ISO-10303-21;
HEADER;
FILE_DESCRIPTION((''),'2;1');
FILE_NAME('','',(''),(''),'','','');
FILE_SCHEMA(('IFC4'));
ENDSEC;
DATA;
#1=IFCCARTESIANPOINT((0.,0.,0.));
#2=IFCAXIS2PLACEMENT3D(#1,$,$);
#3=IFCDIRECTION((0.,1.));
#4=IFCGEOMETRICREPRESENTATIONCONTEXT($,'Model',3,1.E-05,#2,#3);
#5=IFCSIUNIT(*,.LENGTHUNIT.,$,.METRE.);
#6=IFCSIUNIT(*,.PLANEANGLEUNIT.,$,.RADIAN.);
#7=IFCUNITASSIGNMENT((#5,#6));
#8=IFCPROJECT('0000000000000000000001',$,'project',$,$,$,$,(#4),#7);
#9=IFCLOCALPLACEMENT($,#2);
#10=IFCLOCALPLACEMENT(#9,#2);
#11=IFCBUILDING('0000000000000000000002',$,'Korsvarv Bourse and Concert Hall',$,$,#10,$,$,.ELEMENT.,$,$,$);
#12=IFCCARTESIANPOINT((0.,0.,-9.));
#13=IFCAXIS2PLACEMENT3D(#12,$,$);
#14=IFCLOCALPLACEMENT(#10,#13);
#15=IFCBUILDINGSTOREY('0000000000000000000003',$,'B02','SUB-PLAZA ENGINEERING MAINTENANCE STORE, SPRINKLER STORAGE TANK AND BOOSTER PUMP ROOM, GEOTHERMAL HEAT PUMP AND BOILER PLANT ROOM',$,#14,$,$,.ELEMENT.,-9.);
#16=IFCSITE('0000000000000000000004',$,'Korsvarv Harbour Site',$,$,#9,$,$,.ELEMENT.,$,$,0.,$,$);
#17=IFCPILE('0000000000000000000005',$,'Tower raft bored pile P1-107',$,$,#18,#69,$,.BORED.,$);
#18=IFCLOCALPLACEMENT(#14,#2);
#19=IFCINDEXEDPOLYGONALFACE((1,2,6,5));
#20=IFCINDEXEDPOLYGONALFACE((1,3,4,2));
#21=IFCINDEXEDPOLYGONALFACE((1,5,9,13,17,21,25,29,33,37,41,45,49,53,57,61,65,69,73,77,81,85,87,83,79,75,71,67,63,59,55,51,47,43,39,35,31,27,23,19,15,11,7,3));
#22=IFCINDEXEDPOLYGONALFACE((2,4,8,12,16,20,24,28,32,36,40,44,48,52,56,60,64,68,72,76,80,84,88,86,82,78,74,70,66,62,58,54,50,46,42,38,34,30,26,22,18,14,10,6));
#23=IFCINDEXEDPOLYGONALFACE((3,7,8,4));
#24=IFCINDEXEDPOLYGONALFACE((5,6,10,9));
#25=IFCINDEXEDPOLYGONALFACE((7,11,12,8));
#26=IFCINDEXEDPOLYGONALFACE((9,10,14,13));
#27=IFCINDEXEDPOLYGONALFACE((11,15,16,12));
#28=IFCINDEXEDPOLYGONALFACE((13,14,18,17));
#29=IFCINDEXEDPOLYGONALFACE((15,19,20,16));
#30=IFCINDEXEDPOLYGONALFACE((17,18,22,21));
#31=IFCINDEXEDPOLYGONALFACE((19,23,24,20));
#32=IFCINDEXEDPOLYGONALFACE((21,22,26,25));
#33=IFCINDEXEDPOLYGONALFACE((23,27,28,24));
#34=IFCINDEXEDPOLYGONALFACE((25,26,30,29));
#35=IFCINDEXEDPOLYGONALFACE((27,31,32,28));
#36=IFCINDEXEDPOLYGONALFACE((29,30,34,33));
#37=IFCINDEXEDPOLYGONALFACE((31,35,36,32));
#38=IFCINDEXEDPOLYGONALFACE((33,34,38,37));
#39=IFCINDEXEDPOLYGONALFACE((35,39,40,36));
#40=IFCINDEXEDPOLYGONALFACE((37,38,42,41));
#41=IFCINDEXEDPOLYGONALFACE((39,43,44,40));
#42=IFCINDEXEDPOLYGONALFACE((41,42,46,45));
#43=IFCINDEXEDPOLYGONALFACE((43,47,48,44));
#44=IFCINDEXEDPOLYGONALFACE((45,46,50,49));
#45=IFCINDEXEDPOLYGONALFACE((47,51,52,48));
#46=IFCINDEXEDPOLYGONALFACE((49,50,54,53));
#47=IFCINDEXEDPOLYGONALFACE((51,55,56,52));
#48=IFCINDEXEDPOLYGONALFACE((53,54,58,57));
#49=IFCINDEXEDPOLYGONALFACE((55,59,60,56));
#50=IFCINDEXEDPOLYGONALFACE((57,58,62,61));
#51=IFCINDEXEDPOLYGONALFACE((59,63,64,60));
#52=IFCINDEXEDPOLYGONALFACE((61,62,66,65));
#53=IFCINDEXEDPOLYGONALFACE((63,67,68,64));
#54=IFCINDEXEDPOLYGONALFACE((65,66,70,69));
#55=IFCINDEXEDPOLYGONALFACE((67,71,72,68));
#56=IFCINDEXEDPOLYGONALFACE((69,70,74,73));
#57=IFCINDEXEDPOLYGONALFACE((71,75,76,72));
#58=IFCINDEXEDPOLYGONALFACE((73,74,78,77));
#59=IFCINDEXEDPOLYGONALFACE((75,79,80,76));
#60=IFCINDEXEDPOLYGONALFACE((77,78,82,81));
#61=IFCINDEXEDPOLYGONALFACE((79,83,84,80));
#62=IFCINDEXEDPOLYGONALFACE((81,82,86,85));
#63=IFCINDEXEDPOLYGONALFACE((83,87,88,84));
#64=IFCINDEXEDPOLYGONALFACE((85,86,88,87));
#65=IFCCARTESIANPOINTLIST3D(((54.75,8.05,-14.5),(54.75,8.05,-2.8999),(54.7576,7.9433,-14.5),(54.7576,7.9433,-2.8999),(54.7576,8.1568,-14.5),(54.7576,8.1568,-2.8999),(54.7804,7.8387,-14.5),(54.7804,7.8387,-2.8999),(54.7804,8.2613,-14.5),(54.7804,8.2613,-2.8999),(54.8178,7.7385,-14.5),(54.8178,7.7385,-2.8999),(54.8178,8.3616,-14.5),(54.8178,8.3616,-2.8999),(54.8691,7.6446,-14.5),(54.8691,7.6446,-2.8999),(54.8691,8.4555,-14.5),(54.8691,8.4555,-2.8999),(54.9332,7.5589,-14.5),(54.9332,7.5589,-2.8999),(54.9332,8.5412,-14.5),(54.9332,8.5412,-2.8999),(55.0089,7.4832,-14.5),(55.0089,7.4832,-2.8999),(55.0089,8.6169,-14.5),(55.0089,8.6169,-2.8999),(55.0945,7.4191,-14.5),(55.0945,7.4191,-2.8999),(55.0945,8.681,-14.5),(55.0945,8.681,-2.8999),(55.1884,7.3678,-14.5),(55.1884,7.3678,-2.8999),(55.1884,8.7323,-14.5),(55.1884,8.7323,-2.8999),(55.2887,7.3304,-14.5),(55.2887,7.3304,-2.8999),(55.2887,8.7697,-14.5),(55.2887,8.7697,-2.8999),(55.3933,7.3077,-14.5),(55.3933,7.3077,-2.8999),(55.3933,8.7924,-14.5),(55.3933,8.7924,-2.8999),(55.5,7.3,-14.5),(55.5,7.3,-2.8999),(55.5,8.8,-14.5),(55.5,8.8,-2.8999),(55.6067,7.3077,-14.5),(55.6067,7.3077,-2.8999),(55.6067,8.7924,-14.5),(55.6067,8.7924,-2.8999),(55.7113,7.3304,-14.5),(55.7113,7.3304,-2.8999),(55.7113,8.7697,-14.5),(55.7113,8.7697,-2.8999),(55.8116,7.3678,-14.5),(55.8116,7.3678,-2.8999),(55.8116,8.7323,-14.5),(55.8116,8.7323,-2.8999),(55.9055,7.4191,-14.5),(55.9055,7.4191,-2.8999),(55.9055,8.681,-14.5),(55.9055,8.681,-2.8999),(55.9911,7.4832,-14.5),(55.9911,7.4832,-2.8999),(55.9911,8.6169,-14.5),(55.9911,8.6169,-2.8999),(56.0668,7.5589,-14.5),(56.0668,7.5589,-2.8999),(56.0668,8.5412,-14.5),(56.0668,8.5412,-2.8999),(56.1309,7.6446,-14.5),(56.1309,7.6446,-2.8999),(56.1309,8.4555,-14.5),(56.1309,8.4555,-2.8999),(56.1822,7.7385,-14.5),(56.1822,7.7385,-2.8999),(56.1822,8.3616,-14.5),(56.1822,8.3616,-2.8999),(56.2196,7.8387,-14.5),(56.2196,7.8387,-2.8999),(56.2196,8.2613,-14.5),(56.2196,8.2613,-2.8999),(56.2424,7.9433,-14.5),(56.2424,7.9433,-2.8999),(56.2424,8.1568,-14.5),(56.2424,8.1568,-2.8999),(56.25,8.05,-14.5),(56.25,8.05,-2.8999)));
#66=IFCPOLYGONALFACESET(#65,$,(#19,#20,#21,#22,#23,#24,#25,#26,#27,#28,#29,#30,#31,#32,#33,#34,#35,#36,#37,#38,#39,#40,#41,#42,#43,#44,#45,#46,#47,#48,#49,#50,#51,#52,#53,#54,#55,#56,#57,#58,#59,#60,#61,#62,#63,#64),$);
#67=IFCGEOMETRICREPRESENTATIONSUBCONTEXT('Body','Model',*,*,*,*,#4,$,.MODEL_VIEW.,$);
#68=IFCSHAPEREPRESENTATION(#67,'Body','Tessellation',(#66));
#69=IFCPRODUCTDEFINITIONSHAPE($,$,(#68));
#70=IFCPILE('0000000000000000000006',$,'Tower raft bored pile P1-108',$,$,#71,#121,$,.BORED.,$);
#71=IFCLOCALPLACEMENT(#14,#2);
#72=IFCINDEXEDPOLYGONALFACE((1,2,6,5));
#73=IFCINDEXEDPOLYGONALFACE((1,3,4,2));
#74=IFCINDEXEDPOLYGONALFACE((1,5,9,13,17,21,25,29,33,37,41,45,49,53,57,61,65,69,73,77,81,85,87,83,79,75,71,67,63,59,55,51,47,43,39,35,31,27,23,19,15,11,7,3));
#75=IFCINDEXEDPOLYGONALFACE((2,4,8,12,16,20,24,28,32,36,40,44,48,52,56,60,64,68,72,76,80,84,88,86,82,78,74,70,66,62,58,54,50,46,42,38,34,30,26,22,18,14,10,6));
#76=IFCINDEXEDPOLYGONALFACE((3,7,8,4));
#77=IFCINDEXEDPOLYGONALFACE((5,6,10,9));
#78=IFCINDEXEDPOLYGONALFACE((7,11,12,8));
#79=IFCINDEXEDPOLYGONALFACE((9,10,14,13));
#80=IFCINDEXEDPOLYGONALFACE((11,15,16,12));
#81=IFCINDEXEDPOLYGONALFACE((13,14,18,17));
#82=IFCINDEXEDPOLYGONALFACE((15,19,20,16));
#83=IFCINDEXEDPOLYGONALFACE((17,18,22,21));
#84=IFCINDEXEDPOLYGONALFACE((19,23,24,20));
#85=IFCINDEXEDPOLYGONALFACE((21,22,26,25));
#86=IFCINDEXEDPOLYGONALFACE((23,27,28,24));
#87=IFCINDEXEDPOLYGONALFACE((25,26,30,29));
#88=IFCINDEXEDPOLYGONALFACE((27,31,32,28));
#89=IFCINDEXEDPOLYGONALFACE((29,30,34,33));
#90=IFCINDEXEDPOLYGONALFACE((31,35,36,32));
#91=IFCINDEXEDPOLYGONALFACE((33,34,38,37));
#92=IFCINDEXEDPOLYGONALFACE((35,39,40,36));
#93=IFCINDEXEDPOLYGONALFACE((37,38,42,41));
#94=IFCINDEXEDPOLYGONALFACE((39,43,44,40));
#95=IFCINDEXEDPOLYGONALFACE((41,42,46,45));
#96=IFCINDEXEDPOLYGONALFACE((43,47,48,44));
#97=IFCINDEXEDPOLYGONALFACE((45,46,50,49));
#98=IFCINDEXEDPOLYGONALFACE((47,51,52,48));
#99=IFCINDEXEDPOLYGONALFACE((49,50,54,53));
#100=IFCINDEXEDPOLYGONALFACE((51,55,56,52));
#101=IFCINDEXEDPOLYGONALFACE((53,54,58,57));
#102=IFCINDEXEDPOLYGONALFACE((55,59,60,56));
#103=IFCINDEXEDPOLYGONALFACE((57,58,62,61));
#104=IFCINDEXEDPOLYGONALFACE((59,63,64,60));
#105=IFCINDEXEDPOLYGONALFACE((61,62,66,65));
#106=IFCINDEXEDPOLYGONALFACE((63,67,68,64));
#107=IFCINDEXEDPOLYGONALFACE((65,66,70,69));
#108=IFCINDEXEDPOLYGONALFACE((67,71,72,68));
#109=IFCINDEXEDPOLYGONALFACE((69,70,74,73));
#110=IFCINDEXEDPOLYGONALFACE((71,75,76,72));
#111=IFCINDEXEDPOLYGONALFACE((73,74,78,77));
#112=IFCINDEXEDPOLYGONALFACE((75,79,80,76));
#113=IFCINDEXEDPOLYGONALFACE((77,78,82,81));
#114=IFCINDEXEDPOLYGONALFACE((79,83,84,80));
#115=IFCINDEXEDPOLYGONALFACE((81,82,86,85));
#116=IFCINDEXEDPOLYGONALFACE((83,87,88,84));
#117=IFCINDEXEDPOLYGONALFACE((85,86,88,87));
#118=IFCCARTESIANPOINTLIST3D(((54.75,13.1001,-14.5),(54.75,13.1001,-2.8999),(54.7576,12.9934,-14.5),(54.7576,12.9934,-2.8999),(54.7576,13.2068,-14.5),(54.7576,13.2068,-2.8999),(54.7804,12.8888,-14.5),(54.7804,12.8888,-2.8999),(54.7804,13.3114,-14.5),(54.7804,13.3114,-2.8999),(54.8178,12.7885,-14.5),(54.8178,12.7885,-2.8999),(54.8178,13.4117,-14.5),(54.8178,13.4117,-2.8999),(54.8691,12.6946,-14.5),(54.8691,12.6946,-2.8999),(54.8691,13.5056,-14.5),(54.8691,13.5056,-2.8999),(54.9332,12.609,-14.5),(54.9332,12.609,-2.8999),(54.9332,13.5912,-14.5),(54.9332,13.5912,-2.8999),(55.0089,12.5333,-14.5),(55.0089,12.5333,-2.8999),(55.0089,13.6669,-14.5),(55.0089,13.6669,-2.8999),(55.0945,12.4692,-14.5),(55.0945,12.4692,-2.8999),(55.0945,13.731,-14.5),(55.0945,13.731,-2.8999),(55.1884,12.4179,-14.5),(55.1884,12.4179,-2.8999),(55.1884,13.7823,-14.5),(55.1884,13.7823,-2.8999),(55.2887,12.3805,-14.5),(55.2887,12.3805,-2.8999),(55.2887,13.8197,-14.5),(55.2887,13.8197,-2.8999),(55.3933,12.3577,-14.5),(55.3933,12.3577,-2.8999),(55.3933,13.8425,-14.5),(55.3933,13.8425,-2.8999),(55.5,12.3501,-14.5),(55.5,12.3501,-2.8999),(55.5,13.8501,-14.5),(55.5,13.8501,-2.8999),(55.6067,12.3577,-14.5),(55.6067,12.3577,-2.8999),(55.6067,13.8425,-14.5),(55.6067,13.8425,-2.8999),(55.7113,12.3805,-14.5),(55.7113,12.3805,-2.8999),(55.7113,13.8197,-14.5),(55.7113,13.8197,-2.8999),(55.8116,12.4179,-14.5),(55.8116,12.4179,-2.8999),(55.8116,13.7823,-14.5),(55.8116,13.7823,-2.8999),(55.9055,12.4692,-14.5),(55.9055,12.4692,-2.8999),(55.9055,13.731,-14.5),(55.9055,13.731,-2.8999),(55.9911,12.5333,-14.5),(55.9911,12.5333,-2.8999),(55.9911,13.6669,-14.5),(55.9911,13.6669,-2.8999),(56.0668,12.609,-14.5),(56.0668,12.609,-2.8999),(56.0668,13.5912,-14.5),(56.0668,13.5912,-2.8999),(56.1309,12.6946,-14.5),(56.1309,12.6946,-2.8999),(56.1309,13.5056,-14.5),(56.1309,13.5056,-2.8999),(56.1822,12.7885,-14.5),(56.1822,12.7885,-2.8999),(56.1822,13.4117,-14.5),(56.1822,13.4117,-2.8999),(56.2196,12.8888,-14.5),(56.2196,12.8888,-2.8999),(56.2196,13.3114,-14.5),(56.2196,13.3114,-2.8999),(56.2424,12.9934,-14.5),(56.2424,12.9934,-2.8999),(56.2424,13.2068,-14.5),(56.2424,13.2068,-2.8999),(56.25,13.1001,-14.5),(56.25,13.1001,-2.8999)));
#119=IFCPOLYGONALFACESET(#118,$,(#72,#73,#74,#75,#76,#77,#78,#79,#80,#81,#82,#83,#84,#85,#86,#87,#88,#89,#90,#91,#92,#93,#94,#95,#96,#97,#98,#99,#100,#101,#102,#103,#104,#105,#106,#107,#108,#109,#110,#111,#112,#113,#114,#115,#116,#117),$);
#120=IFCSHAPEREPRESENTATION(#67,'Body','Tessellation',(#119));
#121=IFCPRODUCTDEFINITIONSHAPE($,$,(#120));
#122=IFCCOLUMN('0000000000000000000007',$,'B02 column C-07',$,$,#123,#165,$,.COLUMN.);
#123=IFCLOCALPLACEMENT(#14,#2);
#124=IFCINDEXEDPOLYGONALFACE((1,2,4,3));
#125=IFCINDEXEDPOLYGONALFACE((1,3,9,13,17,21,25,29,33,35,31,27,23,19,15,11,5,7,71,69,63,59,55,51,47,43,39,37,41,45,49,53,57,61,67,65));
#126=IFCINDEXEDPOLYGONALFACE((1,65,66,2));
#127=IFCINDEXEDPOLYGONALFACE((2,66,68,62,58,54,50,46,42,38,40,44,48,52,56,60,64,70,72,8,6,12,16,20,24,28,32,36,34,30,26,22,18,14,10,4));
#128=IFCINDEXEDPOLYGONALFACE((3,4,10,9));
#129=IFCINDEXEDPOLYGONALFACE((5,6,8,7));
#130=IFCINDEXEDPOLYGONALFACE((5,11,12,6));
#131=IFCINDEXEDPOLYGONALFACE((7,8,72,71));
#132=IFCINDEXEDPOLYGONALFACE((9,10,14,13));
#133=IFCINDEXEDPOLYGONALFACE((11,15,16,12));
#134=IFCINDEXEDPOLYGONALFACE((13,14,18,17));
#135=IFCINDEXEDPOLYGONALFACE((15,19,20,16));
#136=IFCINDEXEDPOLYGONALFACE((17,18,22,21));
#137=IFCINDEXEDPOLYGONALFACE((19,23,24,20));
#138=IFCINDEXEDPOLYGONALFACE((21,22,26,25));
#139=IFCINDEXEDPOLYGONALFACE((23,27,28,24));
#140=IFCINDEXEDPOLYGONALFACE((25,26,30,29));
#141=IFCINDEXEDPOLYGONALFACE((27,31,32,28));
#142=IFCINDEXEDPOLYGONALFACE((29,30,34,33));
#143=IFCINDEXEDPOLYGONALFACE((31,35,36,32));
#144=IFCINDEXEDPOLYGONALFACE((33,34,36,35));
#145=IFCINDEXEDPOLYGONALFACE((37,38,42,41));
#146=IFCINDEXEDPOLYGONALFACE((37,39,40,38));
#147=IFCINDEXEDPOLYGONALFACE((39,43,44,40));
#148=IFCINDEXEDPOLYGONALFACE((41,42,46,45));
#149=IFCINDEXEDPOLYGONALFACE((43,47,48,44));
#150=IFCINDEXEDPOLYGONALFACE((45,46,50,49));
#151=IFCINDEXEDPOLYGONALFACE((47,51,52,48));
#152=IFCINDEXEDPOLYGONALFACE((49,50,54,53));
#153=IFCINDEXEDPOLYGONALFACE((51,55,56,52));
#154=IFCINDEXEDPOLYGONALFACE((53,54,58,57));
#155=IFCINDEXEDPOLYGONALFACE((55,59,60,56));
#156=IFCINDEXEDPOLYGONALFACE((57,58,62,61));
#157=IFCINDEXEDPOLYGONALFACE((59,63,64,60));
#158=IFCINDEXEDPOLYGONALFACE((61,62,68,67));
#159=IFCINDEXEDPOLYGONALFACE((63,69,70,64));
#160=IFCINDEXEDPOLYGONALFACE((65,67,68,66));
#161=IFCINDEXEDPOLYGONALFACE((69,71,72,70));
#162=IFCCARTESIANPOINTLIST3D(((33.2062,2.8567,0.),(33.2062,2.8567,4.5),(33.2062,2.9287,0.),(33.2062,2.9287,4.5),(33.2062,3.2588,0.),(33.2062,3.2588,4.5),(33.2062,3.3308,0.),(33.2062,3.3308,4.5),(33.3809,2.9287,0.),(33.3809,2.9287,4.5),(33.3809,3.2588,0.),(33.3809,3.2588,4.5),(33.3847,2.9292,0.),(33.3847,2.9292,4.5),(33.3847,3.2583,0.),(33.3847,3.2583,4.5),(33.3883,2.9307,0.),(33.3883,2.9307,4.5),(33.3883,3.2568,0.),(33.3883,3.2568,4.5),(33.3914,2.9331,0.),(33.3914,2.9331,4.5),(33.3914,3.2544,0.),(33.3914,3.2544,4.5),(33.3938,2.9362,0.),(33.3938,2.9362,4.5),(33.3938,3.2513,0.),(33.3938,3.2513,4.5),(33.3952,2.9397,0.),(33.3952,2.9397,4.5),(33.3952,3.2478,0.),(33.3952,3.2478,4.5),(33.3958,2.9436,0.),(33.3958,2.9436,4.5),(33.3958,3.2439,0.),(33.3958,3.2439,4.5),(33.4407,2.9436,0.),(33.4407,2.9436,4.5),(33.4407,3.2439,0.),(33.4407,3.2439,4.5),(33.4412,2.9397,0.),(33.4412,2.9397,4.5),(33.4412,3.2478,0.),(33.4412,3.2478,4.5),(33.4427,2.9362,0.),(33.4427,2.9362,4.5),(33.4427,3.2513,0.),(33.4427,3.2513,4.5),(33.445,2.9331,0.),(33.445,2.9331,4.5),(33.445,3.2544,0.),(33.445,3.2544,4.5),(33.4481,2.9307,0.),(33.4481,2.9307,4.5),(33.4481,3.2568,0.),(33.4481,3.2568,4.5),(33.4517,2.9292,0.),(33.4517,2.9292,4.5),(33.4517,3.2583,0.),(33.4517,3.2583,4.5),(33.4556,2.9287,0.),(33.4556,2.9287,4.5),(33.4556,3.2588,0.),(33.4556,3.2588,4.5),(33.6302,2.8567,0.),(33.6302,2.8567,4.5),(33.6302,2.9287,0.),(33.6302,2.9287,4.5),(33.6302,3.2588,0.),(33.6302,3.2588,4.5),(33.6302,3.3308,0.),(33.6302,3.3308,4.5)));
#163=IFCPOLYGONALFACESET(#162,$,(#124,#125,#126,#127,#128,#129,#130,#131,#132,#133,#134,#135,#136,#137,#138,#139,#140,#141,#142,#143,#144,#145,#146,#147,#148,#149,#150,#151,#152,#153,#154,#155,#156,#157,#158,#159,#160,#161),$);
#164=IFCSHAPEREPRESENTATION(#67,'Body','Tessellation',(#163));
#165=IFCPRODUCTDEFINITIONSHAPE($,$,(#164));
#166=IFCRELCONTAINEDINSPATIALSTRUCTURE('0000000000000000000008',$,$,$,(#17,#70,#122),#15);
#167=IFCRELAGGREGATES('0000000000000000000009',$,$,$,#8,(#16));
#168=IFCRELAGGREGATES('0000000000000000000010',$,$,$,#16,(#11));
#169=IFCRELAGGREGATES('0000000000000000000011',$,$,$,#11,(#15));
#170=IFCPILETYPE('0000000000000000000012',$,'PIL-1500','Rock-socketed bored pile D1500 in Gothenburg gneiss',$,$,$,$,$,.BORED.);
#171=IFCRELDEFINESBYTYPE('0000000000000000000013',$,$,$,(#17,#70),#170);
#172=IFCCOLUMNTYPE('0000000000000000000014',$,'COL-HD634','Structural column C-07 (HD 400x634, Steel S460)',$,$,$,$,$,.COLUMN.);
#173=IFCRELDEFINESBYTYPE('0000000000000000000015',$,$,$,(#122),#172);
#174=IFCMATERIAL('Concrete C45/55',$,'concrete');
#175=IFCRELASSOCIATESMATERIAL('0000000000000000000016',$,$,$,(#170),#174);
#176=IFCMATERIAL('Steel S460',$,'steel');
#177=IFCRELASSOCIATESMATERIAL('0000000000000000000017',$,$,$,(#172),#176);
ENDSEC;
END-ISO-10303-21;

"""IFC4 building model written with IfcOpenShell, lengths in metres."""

from ifc_helpers import new_model, si_unit, direction, frame, origin, origin_2d, place, context, subcontext, project, spatial, circle, i_section, extrude, source, transform, mapped, material, material_profile, profile_set, type_object, element, save


model = new_model("IFC4")

# Units and contexts
model_context = context("Model", 3, precision=1e-05, world=origin(), true_north=direction((0.0, 1.0)))
body_context = subcontext(model_context, "Body", "Model", "MODEL_VIEW")
ifc_project = project(units=[si_unit("LENGTHUNIT", "METRE"), si_unit("PLANEANGLEUNIT", "RADIAN")], contexts=[model_context])

# Site, building, storey
site_placement = place(None, origin())
site = spatial("IfcSite", under=ifc_project, at=site_placement, Name="Korsvarv Harbour Site", CompositionType="ELEMENT", RefElevation=0.0)
building_placement = place(site_placement, origin())
building = spatial("IfcBuilding", under=site, at=building_placement, Name="Korsvarv Bourse and Concert Hall", CompositionType="ELEMENT")
storey_placement = place(building_placement, frame((0.0, 0.0, -9.0)))
storey = spatial("IfcBuildingStorey", under=building, at=storey_placement, Name="B02", Description="SUB-PLAZA ENGINEERING MAINTENANCE STORE, SPRINKLER STORAGE TANK AND BOOSTER PUMP ROOM, GEOTHERMAL HEAT PUMP AND BOILER PLANT ROOM", CompositionType="ELEMENT", Elevation=-9.0)

# Piles
ifc_material_1 = material(Name="Concrete C45/55", Category="concrete")
ifc_material_profile_1 = material_profile(ifc_material_1, circle(Radius=0.75, at=origin_2d()), Name="PILE D1500")
ifc_profile_set_1 = profile_set([ifc_material_profile_1], Name="Concrete C45/55")
pile_type = type_object("IfcPileType", Name="PIL-1500", Description="Rock-socketed bored pile D1500 in Gothenburg gneiss", PredefinedType="BORED", material=ifc_profile_set_1)
shared_shape_1 = source(origin(), body_context, "Body", "SweptSolid", [
    extrude(circle(Radius=0.75, at=origin_2d()), origin(), (0.0, 0.0, 1.0), 11.6001),
])
for number, where, z_axis, x_axis, name in (
    (1, (55.5, 8.05, -2.8999), (0.0, 0.0, -1.0), (1.0, 0.0, 0.0), "Tower raft bored pile P1-107"),
    (2, (55.5, 13.1001, -2.8999), (0.0, 0.0, -1.0), (1.0, 0.0, 0.0), "Tower raft bored pile P1-108"),
):
    element("IfcPile", number, at=place(storey_placement, frame(where, z_axis=z_axis, x_axis=x_axis)), inside=storey, type_object=pile_type, Name=name, PredefinedType="BORED", context=body_context, shape_type="MappedRepresentation", body=[
        mapped(shared_shape_1, transform((0.0, 0.0, 0.0), scale=1.0)),
    ])

# Column
ifc_material_2 = material(Name="Steel S460", Category="steel")
ifc_material_profile_2 = material_profile(ifc_material_2, i_section(OverallWidth=0.4241, OverallDepth=0.4741, WebThickness=0.0449, FlangeThickness=0.072, FilletRadius=0.0149, at=origin_2d()), Name="HD 400x634")
ifc_profile_set_2 = profile_set([ifc_material_profile_2], Name="Steel S460")
column_type_1 = type_object("IfcColumnType", Name="COL-HD634", Description="Structural column C-07 (HD 400x634, Steel S460)", PredefinedType="COLUMN", material=ifc_profile_set_2)
shared_shape_2 = source(origin(), body_context, "Body", "SweptSolid", [
    extrude(i_section(OverallWidth=0.4241, OverallDepth=0.4741, WebThickness=0.0449, FlangeThickness=0.072, FilletRadius=0.0149, at=origin_2d()), origin(), (0.0, 0.0, 1.0), 4.5),
])
for number, where, z_axis, x_axis, name in (
    (3, (33.4182, 3.0938, 0.0), (0.0, 0.0, 1.0), (1.0, 0.0, 0.0), "B02 column C-07"),
):
    element("IfcColumn", number, at=place(storey_placement, frame(where, z_axis=z_axis, x_axis=x_axis)), inside=storey, type_object=column_type_1, Name=name, PredefinedType="COLUMN", context=body_context, shape_type="MappedRepresentation", body=[
        mapped(shared_shape_2, transform((0.0, 0.0, 0.0), scale=1.0)),
    ])

save(model, "model.ifc")
